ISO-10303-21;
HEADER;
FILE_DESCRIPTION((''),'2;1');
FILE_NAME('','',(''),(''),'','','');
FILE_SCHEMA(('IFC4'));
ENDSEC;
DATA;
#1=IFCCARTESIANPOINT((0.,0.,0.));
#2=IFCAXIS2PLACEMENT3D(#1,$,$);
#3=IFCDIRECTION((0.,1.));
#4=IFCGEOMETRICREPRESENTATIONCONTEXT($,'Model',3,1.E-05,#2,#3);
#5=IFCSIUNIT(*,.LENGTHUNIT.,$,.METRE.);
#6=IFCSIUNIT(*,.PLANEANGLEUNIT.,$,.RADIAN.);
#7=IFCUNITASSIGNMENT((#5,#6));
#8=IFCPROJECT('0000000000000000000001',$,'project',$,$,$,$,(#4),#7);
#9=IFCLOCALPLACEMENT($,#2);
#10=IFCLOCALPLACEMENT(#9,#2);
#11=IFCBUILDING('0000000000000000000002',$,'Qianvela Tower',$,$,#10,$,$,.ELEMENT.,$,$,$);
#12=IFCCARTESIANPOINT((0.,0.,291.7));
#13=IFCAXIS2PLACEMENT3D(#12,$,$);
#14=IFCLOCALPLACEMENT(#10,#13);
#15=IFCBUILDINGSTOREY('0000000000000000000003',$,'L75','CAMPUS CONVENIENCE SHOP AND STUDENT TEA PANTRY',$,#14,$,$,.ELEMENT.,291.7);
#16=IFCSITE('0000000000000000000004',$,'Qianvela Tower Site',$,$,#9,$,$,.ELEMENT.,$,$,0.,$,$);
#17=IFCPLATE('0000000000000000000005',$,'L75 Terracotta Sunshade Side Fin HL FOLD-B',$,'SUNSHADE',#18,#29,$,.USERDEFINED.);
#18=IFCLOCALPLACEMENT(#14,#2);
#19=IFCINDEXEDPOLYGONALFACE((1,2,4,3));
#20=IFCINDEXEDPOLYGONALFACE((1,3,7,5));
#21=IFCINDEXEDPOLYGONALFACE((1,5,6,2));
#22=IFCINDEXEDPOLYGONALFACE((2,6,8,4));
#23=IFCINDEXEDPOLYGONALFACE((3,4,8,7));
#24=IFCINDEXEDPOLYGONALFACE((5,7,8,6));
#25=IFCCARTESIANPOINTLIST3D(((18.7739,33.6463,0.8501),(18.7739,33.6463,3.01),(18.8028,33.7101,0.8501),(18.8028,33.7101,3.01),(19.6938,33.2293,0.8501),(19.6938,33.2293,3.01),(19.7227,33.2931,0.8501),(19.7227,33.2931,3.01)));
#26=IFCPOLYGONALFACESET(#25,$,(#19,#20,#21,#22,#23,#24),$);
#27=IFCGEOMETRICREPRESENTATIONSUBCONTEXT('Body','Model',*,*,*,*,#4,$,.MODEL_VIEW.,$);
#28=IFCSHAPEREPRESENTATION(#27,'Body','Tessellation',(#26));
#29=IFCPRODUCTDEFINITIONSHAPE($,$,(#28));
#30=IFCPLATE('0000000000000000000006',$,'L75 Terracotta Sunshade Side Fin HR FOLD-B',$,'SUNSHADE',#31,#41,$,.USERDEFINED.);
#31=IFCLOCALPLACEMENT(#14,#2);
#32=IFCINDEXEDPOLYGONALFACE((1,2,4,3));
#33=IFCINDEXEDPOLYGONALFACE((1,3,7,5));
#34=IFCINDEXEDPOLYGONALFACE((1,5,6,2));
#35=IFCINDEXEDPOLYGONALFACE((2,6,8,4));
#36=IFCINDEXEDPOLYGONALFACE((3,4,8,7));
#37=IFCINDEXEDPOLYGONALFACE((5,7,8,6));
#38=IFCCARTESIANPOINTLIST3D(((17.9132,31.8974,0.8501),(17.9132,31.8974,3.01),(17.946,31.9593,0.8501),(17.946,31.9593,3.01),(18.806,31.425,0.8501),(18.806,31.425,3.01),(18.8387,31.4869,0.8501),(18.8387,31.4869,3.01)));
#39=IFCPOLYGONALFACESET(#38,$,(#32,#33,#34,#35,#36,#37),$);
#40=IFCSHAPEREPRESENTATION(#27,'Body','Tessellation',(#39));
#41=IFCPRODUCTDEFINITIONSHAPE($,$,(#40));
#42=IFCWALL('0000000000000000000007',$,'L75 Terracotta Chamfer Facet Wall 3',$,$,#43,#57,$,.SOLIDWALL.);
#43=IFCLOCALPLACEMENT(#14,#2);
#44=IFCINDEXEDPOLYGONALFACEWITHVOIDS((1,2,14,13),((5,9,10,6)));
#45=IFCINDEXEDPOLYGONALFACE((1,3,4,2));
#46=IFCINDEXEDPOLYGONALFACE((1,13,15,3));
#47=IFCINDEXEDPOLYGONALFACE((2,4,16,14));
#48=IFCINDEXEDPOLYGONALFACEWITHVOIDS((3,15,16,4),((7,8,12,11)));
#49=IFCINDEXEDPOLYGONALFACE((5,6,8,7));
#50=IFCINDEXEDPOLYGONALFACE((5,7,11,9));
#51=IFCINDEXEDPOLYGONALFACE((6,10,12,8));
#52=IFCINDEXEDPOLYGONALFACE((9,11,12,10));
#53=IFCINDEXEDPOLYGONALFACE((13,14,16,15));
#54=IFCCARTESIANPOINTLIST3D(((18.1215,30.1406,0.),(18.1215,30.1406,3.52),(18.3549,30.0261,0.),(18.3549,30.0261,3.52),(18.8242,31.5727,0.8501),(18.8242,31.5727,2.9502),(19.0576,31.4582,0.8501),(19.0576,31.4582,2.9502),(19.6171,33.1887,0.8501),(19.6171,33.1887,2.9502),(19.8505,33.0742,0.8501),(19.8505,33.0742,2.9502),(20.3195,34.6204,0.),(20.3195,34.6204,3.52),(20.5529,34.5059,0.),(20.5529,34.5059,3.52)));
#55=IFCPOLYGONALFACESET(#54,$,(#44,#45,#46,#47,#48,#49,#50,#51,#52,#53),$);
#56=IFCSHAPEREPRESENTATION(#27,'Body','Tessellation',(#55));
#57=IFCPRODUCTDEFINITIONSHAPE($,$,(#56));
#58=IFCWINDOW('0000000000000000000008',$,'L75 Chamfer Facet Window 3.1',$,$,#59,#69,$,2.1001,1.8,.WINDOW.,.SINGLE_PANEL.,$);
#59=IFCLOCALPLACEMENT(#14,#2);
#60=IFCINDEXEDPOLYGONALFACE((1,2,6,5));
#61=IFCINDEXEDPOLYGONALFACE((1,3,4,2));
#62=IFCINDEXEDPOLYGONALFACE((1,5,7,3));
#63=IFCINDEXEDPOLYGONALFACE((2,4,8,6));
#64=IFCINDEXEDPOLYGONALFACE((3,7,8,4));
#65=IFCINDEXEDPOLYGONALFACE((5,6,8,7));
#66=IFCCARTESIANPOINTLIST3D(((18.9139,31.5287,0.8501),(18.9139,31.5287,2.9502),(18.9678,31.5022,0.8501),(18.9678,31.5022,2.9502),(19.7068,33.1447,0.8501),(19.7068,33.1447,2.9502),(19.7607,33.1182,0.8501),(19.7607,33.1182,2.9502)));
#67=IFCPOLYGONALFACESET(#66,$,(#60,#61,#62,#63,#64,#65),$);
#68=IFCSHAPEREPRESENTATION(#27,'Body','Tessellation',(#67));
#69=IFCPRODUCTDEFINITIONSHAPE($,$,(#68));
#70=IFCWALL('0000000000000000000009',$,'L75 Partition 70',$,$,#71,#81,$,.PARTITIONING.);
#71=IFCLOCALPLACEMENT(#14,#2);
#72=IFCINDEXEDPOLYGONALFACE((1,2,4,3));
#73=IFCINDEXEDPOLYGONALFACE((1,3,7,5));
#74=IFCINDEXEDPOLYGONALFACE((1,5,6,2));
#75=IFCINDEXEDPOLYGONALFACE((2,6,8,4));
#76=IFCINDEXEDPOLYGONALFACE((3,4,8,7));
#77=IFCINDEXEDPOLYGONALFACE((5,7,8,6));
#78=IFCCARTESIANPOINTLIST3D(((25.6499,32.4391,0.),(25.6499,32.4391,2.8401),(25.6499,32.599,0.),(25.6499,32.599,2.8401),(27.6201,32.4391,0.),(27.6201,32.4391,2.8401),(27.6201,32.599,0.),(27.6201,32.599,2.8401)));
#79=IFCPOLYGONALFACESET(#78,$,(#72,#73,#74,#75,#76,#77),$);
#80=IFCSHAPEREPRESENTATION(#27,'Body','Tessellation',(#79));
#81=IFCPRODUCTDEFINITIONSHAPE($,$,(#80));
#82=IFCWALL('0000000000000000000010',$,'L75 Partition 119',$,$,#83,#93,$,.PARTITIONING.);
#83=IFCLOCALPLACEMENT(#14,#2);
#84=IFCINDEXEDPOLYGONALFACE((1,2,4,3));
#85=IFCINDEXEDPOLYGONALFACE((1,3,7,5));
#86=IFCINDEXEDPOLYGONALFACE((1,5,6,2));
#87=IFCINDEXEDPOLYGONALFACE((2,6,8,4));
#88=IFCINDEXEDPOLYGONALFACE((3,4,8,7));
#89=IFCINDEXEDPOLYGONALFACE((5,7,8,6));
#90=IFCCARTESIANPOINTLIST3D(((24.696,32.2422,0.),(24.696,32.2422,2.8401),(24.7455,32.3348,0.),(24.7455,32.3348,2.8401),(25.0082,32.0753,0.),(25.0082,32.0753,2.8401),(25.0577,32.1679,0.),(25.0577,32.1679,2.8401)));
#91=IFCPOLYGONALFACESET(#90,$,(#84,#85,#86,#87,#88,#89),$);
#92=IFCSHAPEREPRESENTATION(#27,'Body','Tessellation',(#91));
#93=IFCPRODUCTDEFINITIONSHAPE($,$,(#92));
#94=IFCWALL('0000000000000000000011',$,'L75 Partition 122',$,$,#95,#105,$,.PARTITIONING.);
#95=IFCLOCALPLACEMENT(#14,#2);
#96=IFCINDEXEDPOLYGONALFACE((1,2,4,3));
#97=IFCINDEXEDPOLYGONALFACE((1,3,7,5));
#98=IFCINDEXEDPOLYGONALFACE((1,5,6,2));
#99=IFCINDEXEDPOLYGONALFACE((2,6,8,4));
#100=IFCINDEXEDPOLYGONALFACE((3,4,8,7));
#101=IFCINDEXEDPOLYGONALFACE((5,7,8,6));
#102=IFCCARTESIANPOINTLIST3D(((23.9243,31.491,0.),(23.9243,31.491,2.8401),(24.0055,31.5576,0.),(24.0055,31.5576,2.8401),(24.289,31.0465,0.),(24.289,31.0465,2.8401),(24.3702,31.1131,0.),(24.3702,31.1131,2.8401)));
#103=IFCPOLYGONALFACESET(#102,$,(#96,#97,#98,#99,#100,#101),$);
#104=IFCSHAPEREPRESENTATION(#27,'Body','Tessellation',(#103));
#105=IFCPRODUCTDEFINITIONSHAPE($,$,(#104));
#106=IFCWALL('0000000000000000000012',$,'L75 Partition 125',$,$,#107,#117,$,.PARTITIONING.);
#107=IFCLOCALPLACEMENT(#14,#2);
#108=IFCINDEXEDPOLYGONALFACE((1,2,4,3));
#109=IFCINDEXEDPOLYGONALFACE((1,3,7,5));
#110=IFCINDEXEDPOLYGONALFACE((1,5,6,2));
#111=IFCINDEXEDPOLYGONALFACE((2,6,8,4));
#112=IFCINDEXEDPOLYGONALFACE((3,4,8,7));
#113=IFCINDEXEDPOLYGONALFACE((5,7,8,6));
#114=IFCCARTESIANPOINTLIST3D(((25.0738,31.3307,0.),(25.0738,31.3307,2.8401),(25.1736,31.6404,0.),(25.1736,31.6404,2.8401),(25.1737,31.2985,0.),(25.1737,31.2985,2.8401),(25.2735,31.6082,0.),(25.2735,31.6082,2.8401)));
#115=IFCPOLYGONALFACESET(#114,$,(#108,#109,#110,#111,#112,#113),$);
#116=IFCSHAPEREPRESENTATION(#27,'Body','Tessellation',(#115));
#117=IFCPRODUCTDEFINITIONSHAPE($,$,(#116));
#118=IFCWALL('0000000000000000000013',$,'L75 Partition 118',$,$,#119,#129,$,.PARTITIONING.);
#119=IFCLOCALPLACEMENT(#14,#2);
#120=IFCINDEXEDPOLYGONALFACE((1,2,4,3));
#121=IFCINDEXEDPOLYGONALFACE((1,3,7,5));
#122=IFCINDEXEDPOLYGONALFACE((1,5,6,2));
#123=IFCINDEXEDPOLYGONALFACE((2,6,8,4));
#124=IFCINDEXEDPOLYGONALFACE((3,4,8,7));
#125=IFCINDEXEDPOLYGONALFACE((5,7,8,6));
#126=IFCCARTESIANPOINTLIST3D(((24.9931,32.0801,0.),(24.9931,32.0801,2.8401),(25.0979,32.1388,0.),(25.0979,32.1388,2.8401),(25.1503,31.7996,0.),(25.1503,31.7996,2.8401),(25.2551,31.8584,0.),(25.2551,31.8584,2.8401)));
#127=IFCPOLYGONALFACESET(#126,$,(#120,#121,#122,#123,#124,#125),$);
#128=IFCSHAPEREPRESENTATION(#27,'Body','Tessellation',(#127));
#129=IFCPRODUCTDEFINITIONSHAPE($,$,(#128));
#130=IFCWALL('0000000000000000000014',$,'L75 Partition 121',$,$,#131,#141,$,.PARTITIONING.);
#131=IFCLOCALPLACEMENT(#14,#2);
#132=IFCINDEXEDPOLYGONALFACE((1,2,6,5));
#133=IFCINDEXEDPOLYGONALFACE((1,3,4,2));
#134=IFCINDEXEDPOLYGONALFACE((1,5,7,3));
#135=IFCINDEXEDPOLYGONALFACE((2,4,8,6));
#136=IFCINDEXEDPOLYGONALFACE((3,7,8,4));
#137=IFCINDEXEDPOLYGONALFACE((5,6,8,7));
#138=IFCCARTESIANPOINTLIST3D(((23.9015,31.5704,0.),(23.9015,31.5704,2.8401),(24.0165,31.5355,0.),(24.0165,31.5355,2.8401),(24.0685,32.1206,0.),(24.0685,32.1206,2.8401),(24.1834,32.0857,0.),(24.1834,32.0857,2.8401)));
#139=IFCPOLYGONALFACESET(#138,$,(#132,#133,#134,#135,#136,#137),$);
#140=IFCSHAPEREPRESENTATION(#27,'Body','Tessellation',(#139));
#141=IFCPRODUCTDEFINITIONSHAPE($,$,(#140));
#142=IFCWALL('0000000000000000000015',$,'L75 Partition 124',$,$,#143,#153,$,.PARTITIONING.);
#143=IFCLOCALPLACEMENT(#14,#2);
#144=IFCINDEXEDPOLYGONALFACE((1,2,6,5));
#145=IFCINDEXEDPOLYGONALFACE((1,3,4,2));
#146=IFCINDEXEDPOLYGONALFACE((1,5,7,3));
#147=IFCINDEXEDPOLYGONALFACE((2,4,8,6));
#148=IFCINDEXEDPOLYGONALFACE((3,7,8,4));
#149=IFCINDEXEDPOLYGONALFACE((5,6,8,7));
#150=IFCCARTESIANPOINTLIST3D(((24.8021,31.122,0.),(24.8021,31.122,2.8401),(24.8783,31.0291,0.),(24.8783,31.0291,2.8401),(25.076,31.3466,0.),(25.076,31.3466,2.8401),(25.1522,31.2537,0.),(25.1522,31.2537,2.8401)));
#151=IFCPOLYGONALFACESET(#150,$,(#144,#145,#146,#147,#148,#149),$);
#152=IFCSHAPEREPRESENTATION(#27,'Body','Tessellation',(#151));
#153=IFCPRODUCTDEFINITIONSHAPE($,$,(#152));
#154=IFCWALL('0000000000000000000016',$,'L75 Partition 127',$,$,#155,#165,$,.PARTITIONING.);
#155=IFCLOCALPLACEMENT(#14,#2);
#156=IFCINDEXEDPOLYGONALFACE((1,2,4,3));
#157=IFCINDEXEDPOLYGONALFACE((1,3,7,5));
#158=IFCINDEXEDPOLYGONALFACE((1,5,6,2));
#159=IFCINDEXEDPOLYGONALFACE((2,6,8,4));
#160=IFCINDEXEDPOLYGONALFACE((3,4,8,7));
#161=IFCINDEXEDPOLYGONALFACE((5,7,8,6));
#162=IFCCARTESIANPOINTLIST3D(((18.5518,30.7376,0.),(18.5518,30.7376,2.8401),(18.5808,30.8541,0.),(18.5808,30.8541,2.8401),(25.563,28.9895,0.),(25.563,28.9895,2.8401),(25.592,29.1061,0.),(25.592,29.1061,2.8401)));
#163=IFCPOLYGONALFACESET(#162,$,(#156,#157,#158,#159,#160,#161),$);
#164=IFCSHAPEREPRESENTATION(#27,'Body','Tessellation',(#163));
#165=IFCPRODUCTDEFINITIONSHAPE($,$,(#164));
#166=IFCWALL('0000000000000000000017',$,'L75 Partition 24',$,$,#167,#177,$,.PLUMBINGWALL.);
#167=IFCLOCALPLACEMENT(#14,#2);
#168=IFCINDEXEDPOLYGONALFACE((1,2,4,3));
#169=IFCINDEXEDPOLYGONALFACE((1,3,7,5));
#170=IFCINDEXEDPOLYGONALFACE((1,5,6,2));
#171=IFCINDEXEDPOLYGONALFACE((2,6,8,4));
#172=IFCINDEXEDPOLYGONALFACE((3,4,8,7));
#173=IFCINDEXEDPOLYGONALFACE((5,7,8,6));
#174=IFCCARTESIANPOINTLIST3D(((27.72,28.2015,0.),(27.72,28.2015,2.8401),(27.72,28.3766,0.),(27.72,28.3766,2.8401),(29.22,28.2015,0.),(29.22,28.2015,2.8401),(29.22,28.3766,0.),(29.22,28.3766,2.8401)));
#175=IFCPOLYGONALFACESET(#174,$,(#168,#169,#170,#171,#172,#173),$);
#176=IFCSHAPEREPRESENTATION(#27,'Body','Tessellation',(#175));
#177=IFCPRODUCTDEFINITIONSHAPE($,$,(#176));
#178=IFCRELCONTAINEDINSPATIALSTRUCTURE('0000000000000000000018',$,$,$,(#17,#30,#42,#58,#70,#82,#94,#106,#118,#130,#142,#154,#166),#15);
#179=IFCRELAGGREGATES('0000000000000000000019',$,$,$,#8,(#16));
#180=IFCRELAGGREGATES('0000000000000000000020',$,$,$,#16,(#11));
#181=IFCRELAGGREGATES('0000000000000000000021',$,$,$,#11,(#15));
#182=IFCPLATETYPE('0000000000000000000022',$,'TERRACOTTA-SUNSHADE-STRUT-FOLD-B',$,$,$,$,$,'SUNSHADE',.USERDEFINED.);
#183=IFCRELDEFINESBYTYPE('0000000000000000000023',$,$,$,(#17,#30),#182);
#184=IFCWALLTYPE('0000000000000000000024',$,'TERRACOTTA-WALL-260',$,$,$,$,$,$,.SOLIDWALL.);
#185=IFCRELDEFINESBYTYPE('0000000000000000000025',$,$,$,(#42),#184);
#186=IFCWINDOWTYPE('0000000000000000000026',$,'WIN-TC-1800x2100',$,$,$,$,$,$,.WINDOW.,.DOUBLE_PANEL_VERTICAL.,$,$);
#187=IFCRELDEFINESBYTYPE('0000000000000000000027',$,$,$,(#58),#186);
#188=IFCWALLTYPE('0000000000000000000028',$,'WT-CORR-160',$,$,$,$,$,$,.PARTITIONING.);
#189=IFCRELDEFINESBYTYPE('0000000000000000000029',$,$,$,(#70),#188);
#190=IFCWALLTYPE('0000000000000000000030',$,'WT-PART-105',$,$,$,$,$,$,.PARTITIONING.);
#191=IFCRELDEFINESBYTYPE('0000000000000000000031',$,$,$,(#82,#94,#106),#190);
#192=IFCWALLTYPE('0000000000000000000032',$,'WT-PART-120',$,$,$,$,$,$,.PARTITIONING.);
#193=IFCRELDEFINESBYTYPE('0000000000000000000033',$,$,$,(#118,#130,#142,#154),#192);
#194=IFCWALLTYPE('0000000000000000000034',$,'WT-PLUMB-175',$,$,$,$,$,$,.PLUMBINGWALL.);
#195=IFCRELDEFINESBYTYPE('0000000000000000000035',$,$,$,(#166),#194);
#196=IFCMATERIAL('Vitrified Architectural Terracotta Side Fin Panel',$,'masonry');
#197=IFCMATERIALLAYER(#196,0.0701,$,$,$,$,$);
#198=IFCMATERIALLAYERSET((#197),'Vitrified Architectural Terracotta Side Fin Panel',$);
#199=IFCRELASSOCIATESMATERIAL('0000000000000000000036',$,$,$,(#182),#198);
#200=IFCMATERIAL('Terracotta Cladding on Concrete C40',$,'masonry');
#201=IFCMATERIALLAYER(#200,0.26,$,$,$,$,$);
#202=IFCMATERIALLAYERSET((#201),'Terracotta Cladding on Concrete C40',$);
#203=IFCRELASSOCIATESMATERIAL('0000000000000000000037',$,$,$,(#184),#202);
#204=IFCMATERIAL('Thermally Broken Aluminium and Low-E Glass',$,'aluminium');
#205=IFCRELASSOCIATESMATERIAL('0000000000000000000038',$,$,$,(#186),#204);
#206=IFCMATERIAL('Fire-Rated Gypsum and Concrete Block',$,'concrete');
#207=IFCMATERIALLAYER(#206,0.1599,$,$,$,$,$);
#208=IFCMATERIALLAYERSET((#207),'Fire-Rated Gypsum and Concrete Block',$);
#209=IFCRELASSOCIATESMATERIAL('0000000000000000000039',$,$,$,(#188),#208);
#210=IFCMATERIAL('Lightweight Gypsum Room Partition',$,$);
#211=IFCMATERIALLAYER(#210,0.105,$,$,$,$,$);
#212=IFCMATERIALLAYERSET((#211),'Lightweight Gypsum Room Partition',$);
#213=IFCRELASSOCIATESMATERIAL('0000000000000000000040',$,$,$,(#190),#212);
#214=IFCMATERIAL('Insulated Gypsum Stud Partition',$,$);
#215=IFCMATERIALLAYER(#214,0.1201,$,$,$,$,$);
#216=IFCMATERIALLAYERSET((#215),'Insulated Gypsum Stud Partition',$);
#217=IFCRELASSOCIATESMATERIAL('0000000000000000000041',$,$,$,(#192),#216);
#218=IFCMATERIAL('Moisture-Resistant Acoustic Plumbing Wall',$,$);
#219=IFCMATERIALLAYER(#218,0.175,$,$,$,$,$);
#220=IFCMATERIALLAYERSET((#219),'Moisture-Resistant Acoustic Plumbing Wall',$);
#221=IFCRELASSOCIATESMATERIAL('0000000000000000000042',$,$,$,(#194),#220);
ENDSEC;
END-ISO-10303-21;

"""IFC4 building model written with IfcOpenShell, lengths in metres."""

from ifc_helpers import new_model, si_unit, direction, frame, frame_2d, origin, origin_2d, place, context, subcontext, project, spatial, rectangle, extrude, material, layer, layer_set, type_object, element, fill, save


model = new_model("IFC4")

# Units and contexts
model_context = context("Model", 3, precision=1e-05, world=origin(), true_north=direction((0.0, 1.0)))
body_context = subcontext(model_context, "Body", "Model", "MODEL_VIEW")
ifc_project = project(units=[si_unit("LENGTHUNIT", "METRE"), si_unit("PLANEANGLEUNIT", "RADIAN")], contexts=[model_context])

# Site, building, storey
site_placement = place(None, origin())
site = spatial("IfcSite", under=ifc_project, at=site_placement, Name="Qianvela Tower Site", CompositionType="ELEMENT", RefElevation=0.0)
building_placement = place(site_placement, origin())
building = spatial("IfcBuilding", under=site, at=building_placement, Name="Qianvela Tower", CompositionType="ELEMENT")
storey_placement = place(building_placement, frame((0.0, 0.0, 291.7)))
storey = spatial("IfcBuildingStorey", under=building, at=storey_placement, Name="L75", Description="CAMPUS CONVENIENCE SHOP AND STUDENT TEA PANTRY", CompositionType="ELEMENT", Elevation=291.7)

# Plates
ifc_material_1 = material(Name="Vitrified Architectural Terracotta Side Fin Panel", Category="masonry")
ifc_layer_1 = layer(ifc_material_1, 0.0701)
ifc_layer_set_1 = layer_set([ifc_layer_1], Name="Vitrified Architectural Terracotta Side Fin Panel")
plate_type_1 = type_object("IfcPlateType", Name="TERRACOTTA-SUNSHADE-STRUT-FOLD-B", ElementType="SUNSHADE", PredefinedType="USERDEFINED", material=ifc_layer_set_1)
for number, where, z_axis, x_axis, name in (
    (1, (19.2483, 33.4697, 0.8501), (0.0, 0.0, 1.0), (-0.412853, -0.910798, 0.0), "L75 Terracotta Sunshade Side Fin HL FOLD-B"),
    (2, (18.376, 31.6921, 0.8501), (0.0, 0.0, 1.0), (-0.467686, -0.883895, 0.0), "L75 Terracotta Sunshade Side Fin HR FOLD-B"),
):
    element("IfcPlate", number, at=place(storey_placement, frame(where, z_axis=z_axis, x_axis=x_axis)), inside=storey, type_object=plate_type_1, Name=name, ObjectType="SUNSHADE", PredefinedType="USERDEFINED", context=body_context, shape_type="SweptSolid", body=[
        extrude(rectangle(XDim=0.0701, YDim=1.01, at=origin_2d()), origin(), (0.0, 0.0, 1.0), 2.1599),
    ])

# Wall, opening, window
ifc_material_2 = material(Name="Terracotta Cladding on Concrete C40", Category="masonry")
ifc_layer_2 = layer(ifc_material_2, 0.26)
ifc_layer_set_2 = layer_set([ifc_layer_2], Name="Terracotta Cladding on Concrete C40")
wall_type_1 = type_object("IfcWallType", Name="TERRACOTTA-WALL-260", PredefinedType="SOLIDWALL", material=ifc_layer_set_2)
wall_1_placement = place(storey_placement, frame((20.4363, 34.5632, 0.0), z_axis=(0.0, 0.0, 1.0), x_axis=(-0.440488, -0.897758, 0.0)))
wall_1 = element("IfcWall", 3, at=wall_1_placement, inside=storey, type_object=wall_type_1, Name="L75 Terracotta Chamfer Facet Wall 3", PredefinedType="SOLIDWALL", context=body_context, shape_type="SweptSolid", body=[
    extrude(rectangle(XDim=4.99, YDim=0.26, at=frame_2d((2.4951, 0.0))), origin(), (0.0, 0.0, 1.0), 3.52),
])
opening_placement = place(wall_1_placement, frame((1.595, 0.0, 0.8501)))
opening = element("IfcOpeningElement", 4, at=opening_placement, cuts=wall_1, PredefinedType="OPENING", context=body_context, shape_type="SweptSolid", body=[
    extrude(rectangle(XDim=1.8, YDim=2.1001, at=frame_2d((0.8999, 1.05))), frame((0.0, 0.1399, 0.0), z_axis=(0.0, -1.0, 0.0), x_axis=(1.0, 0.0, 0.0)), (0.0, 0.0, 1.0), 0.28),
])
ifc_material_3 = material(Name="Thermally Broken Aluminium and Low-E Glass", Category="aluminium")
window_type = type_object("IfcWindowType", Name="WIN-TC-1800x2100", PartitioningType="DOUBLE_PANEL_VERTICAL", PredefinedType="WINDOW", material=ifc_material_3)
window_placement = place(opening_placement, origin())
window = element("IfcWindow", 5, at=window_placement, inside=storey, type_object=window_type, Name="L75 Chamfer Facet Window 3.1", OverallHeight=2.1001, OverallWidth=1.8, PartitioningType="SINGLE_PANEL", PredefinedType="WINDOW", context=body_context, shape_type="SweptSolid", body=[
    extrude(rectangle(XDim=1.8, YDim=2.1001, at=frame_2d((0.8999, 1.05))), frame((0.0, 0.03, 0.0), z_axis=(0.0, -1.0, 0.0), x_axis=(1.0, 0.0, 0.0)), (0.0, 0.0, 1.0), 0.0601),
])
fill(opening, window)

# Walls
ifc_material_4 = material(Name="Fire-Rated Gypsum and Concrete Block", Category="concrete")
ifc_layer_3 = layer(ifc_material_4, 0.1599)
ifc_layer_set_3 = layer_set([ifc_layer_3], Name="Fire-Rated Gypsum and Concrete Block")
wall_type_2 = type_object("IfcWallType", Name="WT-CORR-160", PredefinedType="PARTITIONING", material=ifc_layer_set_3)
wall_2_placement = place(storey_placement, frame((25.6499, 32.519, 0.0), z_axis=(0.0, 0.0, 1.0), x_axis=(1.0, 0.0, 0.0)))
element("IfcWall", 6, at=wall_2_placement, inside=storey, type_object=wall_type_2, Name="L75 Partition 70", PredefinedType="PARTITIONING", context=body_context, shape_type="SweptSolid", body=[
    extrude(rectangle(XDim=1.9702, YDim=0.1599, at=frame_2d((0.9851, 0.0))), origin(), (0.0, 0.0, 1.0), 2.8401),
])
ifc_material_5 = material(Name="Lightweight Gypsum Room Partition")
ifc_layer_4 = layer(ifc_material_5, 0.105)
ifc_layer_set_4 = layer_set([ifc_layer_4], Name="Lightweight Gypsum Room Partition")
wall_type_3 = type_object("IfcWallType", Name="WT-PART-105", PredefinedType="PARTITIONING", material=ifc_layer_set_4)
wall_3_placement = place(storey_placement, frame((25.033, 32.1216, 0.0), z_axis=(0.0, 0.0, 1.0), x_axis=(-0.881818, 0.47159, 0.0)))
element("IfcWall", 7, at=wall_3_placement, inside=storey, type_object=wall_type_3, Name="L75 Partition 119", PredefinedType="PARTITIONING", context=body_context, shape_type="SweptSolid", body=[
    extrude(rectangle(XDim=0.354, YDim=0.105, at=frame_2d((0.177, 0.0))), origin(), (0.0, 0.0, 1.0), 2.8401),
])
wall_4_placement = place(storey_placement, frame((23.9648, 31.5244, 0.0), z_axis=(0.0, 0.0, 1.0), x_axis=(0.634278, -0.773105, 0.0)))
element("IfcWall", 8, at=wall_4_placement, inside=storey, type_object=wall_type_3, Name="L75 Partition 122", PredefinedType="PARTITIONING", context=body_context, shape_type="SweptSolid", body=[
    extrude(rectangle(XDim=0.575, YDim=0.105, at=frame_2d((0.2876, 0.0))), origin(), (0.0, 0.0, 1.0), 2.8401),
])
wall_5_placement = place(storey_placement, frame((25.1238, 31.3147, 0.0), z_axis=(0.0, 0.0, 1.0), x_axis=(0.306762, 0.951786, 0.0)))
element("IfcWall", 9, at=wall_5_placement, inside=storey, type_object=wall_type_3, Name="L75 Partition 125", PredefinedType="PARTITIONING", context=body_context, shape_type="SweptSolid", body=[
    extrude(rectangle(XDim=0.3254, YDim=0.105, at=frame_2d((0.1626, 0.0))), origin(), (0.0, 0.0, 1.0), 2.8401),
])
ifc_material_6 = material(Name="Insulated Gypsum Stud Partition")
ifc_layer_5 = layer(ifc_material_6, 0.1201)
ifc_layer_set_5 = layer_set([ifc_layer_5], Name="Insulated Gypsum Stud Partition")
wall_type_4 = type_object("IfcWallType", Name="WT-PART-120", PredefinedType="PARTITIONING", material=ifc_layer_set_5)
wall_6_placement = place(storey_placement, frame((25.2026, 31.8291, 0.0), z_axis=(0.0, 0.0, 1.0), x_axis=(-0.488927, 0.872325, 0.0)))
element("IfcWall", 10, at=wall_6_placement, inside=storey, type_object=wall_type_4, Name="L75 Partition 118", PredefinedType="PARTITIONING", context=body_context, shape_type="SweptSolid", body=[
    extrude(rectangle(XDim=0.3215, YDim=0.1201, at=frame_2d((0.1606, 0.0))), origin(), (0.0, 0.0, 1.0), 2.8401),
])
wall_7_placement = place(storey_placement, frame((24.126, 32.1033, 0.0), z_axis=(0.0, 0.0, 1.0), x_axis=(-0.290384, -0.95691, 0.0)))
element("IfcWall", 11, at=wall_7_placement, inside=storey, type_object=wall_type_4, Name="L75 Partition 121", PredefinedType="PARTITIONING", context=body_context, shape_type="SweptSolid", body=[
    extrude(rectangle(XDim=0.575, YDim=0.1201, at=frame_2d((0.2876, 0.0))), origin(), (0.0, 0.0, 1.0), 2.8401),
])
wall_8_placement = place(storey_placement, frame((24.8401, 31.0754, 0.0), z_axis=(0.0, 0.0, 1.0), x_axis=(0.773281, 0.634063, 0.0)))
element("IfcWall", 12, at=wall_8_placement, inside=storey, type_object=wall_type_4, Name="L75 Partition 124", PredefinedType="PARTITIONING", context=body_context, shape_type="SweptSolid", body=[
    extrude(rectangle(XDim=0.3542, YDim=0.1201, at=frame_2d((0.1772, 0.0))), origin(), (0.0, 0.0, 1.0), 2.8401),
])
wall_9_placement = place(storey_placement, frame((25.5774, 29.0479, 0.0), z_axis=(0.0, 0.0, 1.0), x_axis=(-0.970297, 0.241915, 0.0)))
element("IfcWall", 13, at=wall_9_placement, inside=storey, type_object=wall_type_4, Name="L75 Partition 127", PredefinedType="PARTITIONING", context=body_context, shape_type="SweptSolid", body=[
    extrude(rectangle(XDim=7.2258, YDim=0.1201, at=frame_2d((3.6128, 0.0))), origin(), (0.0, 0.0, 1.0), 2.8401),
])
ifc_material_7 = material(Name="Moisture-Resistant Acoustic Plumbing Wall")
ifc_layer_6 = layer(ifc_material_7, 0.175)
ifc_layer_set_6 = layer_set([ifc_layer_6], Name="Moisture-Resistant Acoustic Plumbing Wall")
wall_type_5 = type_object("IfcWallType", Name="WT-PLUMB-175", PredefinedType="PLUMBINGWALL", material=ifc_layer_set_6)
for number, where, z_axis, x_axis, name in (
    (14, (27.72, 28.2891, 0.0), (0.0, 0.0, 1.0), (1.0, 0.0, 0.0), "L75 Partition 24"),
):
    element("IfcWall", number, at=place(storey_placement, frame(where, z_axis=z_axis, x_axis=x_axis)), inside=storey, type_object=wall_type_5, Name=name, PredefinedType="PLUMBINGWALL", context=body_context, shape_type="SweptSolid", body=[
        extrude(rectangle(XDim=1.5, YDim=0.175, at=frame_2d((0.75, 0.0))), origin(), (0.0, 0.0, 1.0), 2.8401),
    ])

save(model, "model.ifc")
